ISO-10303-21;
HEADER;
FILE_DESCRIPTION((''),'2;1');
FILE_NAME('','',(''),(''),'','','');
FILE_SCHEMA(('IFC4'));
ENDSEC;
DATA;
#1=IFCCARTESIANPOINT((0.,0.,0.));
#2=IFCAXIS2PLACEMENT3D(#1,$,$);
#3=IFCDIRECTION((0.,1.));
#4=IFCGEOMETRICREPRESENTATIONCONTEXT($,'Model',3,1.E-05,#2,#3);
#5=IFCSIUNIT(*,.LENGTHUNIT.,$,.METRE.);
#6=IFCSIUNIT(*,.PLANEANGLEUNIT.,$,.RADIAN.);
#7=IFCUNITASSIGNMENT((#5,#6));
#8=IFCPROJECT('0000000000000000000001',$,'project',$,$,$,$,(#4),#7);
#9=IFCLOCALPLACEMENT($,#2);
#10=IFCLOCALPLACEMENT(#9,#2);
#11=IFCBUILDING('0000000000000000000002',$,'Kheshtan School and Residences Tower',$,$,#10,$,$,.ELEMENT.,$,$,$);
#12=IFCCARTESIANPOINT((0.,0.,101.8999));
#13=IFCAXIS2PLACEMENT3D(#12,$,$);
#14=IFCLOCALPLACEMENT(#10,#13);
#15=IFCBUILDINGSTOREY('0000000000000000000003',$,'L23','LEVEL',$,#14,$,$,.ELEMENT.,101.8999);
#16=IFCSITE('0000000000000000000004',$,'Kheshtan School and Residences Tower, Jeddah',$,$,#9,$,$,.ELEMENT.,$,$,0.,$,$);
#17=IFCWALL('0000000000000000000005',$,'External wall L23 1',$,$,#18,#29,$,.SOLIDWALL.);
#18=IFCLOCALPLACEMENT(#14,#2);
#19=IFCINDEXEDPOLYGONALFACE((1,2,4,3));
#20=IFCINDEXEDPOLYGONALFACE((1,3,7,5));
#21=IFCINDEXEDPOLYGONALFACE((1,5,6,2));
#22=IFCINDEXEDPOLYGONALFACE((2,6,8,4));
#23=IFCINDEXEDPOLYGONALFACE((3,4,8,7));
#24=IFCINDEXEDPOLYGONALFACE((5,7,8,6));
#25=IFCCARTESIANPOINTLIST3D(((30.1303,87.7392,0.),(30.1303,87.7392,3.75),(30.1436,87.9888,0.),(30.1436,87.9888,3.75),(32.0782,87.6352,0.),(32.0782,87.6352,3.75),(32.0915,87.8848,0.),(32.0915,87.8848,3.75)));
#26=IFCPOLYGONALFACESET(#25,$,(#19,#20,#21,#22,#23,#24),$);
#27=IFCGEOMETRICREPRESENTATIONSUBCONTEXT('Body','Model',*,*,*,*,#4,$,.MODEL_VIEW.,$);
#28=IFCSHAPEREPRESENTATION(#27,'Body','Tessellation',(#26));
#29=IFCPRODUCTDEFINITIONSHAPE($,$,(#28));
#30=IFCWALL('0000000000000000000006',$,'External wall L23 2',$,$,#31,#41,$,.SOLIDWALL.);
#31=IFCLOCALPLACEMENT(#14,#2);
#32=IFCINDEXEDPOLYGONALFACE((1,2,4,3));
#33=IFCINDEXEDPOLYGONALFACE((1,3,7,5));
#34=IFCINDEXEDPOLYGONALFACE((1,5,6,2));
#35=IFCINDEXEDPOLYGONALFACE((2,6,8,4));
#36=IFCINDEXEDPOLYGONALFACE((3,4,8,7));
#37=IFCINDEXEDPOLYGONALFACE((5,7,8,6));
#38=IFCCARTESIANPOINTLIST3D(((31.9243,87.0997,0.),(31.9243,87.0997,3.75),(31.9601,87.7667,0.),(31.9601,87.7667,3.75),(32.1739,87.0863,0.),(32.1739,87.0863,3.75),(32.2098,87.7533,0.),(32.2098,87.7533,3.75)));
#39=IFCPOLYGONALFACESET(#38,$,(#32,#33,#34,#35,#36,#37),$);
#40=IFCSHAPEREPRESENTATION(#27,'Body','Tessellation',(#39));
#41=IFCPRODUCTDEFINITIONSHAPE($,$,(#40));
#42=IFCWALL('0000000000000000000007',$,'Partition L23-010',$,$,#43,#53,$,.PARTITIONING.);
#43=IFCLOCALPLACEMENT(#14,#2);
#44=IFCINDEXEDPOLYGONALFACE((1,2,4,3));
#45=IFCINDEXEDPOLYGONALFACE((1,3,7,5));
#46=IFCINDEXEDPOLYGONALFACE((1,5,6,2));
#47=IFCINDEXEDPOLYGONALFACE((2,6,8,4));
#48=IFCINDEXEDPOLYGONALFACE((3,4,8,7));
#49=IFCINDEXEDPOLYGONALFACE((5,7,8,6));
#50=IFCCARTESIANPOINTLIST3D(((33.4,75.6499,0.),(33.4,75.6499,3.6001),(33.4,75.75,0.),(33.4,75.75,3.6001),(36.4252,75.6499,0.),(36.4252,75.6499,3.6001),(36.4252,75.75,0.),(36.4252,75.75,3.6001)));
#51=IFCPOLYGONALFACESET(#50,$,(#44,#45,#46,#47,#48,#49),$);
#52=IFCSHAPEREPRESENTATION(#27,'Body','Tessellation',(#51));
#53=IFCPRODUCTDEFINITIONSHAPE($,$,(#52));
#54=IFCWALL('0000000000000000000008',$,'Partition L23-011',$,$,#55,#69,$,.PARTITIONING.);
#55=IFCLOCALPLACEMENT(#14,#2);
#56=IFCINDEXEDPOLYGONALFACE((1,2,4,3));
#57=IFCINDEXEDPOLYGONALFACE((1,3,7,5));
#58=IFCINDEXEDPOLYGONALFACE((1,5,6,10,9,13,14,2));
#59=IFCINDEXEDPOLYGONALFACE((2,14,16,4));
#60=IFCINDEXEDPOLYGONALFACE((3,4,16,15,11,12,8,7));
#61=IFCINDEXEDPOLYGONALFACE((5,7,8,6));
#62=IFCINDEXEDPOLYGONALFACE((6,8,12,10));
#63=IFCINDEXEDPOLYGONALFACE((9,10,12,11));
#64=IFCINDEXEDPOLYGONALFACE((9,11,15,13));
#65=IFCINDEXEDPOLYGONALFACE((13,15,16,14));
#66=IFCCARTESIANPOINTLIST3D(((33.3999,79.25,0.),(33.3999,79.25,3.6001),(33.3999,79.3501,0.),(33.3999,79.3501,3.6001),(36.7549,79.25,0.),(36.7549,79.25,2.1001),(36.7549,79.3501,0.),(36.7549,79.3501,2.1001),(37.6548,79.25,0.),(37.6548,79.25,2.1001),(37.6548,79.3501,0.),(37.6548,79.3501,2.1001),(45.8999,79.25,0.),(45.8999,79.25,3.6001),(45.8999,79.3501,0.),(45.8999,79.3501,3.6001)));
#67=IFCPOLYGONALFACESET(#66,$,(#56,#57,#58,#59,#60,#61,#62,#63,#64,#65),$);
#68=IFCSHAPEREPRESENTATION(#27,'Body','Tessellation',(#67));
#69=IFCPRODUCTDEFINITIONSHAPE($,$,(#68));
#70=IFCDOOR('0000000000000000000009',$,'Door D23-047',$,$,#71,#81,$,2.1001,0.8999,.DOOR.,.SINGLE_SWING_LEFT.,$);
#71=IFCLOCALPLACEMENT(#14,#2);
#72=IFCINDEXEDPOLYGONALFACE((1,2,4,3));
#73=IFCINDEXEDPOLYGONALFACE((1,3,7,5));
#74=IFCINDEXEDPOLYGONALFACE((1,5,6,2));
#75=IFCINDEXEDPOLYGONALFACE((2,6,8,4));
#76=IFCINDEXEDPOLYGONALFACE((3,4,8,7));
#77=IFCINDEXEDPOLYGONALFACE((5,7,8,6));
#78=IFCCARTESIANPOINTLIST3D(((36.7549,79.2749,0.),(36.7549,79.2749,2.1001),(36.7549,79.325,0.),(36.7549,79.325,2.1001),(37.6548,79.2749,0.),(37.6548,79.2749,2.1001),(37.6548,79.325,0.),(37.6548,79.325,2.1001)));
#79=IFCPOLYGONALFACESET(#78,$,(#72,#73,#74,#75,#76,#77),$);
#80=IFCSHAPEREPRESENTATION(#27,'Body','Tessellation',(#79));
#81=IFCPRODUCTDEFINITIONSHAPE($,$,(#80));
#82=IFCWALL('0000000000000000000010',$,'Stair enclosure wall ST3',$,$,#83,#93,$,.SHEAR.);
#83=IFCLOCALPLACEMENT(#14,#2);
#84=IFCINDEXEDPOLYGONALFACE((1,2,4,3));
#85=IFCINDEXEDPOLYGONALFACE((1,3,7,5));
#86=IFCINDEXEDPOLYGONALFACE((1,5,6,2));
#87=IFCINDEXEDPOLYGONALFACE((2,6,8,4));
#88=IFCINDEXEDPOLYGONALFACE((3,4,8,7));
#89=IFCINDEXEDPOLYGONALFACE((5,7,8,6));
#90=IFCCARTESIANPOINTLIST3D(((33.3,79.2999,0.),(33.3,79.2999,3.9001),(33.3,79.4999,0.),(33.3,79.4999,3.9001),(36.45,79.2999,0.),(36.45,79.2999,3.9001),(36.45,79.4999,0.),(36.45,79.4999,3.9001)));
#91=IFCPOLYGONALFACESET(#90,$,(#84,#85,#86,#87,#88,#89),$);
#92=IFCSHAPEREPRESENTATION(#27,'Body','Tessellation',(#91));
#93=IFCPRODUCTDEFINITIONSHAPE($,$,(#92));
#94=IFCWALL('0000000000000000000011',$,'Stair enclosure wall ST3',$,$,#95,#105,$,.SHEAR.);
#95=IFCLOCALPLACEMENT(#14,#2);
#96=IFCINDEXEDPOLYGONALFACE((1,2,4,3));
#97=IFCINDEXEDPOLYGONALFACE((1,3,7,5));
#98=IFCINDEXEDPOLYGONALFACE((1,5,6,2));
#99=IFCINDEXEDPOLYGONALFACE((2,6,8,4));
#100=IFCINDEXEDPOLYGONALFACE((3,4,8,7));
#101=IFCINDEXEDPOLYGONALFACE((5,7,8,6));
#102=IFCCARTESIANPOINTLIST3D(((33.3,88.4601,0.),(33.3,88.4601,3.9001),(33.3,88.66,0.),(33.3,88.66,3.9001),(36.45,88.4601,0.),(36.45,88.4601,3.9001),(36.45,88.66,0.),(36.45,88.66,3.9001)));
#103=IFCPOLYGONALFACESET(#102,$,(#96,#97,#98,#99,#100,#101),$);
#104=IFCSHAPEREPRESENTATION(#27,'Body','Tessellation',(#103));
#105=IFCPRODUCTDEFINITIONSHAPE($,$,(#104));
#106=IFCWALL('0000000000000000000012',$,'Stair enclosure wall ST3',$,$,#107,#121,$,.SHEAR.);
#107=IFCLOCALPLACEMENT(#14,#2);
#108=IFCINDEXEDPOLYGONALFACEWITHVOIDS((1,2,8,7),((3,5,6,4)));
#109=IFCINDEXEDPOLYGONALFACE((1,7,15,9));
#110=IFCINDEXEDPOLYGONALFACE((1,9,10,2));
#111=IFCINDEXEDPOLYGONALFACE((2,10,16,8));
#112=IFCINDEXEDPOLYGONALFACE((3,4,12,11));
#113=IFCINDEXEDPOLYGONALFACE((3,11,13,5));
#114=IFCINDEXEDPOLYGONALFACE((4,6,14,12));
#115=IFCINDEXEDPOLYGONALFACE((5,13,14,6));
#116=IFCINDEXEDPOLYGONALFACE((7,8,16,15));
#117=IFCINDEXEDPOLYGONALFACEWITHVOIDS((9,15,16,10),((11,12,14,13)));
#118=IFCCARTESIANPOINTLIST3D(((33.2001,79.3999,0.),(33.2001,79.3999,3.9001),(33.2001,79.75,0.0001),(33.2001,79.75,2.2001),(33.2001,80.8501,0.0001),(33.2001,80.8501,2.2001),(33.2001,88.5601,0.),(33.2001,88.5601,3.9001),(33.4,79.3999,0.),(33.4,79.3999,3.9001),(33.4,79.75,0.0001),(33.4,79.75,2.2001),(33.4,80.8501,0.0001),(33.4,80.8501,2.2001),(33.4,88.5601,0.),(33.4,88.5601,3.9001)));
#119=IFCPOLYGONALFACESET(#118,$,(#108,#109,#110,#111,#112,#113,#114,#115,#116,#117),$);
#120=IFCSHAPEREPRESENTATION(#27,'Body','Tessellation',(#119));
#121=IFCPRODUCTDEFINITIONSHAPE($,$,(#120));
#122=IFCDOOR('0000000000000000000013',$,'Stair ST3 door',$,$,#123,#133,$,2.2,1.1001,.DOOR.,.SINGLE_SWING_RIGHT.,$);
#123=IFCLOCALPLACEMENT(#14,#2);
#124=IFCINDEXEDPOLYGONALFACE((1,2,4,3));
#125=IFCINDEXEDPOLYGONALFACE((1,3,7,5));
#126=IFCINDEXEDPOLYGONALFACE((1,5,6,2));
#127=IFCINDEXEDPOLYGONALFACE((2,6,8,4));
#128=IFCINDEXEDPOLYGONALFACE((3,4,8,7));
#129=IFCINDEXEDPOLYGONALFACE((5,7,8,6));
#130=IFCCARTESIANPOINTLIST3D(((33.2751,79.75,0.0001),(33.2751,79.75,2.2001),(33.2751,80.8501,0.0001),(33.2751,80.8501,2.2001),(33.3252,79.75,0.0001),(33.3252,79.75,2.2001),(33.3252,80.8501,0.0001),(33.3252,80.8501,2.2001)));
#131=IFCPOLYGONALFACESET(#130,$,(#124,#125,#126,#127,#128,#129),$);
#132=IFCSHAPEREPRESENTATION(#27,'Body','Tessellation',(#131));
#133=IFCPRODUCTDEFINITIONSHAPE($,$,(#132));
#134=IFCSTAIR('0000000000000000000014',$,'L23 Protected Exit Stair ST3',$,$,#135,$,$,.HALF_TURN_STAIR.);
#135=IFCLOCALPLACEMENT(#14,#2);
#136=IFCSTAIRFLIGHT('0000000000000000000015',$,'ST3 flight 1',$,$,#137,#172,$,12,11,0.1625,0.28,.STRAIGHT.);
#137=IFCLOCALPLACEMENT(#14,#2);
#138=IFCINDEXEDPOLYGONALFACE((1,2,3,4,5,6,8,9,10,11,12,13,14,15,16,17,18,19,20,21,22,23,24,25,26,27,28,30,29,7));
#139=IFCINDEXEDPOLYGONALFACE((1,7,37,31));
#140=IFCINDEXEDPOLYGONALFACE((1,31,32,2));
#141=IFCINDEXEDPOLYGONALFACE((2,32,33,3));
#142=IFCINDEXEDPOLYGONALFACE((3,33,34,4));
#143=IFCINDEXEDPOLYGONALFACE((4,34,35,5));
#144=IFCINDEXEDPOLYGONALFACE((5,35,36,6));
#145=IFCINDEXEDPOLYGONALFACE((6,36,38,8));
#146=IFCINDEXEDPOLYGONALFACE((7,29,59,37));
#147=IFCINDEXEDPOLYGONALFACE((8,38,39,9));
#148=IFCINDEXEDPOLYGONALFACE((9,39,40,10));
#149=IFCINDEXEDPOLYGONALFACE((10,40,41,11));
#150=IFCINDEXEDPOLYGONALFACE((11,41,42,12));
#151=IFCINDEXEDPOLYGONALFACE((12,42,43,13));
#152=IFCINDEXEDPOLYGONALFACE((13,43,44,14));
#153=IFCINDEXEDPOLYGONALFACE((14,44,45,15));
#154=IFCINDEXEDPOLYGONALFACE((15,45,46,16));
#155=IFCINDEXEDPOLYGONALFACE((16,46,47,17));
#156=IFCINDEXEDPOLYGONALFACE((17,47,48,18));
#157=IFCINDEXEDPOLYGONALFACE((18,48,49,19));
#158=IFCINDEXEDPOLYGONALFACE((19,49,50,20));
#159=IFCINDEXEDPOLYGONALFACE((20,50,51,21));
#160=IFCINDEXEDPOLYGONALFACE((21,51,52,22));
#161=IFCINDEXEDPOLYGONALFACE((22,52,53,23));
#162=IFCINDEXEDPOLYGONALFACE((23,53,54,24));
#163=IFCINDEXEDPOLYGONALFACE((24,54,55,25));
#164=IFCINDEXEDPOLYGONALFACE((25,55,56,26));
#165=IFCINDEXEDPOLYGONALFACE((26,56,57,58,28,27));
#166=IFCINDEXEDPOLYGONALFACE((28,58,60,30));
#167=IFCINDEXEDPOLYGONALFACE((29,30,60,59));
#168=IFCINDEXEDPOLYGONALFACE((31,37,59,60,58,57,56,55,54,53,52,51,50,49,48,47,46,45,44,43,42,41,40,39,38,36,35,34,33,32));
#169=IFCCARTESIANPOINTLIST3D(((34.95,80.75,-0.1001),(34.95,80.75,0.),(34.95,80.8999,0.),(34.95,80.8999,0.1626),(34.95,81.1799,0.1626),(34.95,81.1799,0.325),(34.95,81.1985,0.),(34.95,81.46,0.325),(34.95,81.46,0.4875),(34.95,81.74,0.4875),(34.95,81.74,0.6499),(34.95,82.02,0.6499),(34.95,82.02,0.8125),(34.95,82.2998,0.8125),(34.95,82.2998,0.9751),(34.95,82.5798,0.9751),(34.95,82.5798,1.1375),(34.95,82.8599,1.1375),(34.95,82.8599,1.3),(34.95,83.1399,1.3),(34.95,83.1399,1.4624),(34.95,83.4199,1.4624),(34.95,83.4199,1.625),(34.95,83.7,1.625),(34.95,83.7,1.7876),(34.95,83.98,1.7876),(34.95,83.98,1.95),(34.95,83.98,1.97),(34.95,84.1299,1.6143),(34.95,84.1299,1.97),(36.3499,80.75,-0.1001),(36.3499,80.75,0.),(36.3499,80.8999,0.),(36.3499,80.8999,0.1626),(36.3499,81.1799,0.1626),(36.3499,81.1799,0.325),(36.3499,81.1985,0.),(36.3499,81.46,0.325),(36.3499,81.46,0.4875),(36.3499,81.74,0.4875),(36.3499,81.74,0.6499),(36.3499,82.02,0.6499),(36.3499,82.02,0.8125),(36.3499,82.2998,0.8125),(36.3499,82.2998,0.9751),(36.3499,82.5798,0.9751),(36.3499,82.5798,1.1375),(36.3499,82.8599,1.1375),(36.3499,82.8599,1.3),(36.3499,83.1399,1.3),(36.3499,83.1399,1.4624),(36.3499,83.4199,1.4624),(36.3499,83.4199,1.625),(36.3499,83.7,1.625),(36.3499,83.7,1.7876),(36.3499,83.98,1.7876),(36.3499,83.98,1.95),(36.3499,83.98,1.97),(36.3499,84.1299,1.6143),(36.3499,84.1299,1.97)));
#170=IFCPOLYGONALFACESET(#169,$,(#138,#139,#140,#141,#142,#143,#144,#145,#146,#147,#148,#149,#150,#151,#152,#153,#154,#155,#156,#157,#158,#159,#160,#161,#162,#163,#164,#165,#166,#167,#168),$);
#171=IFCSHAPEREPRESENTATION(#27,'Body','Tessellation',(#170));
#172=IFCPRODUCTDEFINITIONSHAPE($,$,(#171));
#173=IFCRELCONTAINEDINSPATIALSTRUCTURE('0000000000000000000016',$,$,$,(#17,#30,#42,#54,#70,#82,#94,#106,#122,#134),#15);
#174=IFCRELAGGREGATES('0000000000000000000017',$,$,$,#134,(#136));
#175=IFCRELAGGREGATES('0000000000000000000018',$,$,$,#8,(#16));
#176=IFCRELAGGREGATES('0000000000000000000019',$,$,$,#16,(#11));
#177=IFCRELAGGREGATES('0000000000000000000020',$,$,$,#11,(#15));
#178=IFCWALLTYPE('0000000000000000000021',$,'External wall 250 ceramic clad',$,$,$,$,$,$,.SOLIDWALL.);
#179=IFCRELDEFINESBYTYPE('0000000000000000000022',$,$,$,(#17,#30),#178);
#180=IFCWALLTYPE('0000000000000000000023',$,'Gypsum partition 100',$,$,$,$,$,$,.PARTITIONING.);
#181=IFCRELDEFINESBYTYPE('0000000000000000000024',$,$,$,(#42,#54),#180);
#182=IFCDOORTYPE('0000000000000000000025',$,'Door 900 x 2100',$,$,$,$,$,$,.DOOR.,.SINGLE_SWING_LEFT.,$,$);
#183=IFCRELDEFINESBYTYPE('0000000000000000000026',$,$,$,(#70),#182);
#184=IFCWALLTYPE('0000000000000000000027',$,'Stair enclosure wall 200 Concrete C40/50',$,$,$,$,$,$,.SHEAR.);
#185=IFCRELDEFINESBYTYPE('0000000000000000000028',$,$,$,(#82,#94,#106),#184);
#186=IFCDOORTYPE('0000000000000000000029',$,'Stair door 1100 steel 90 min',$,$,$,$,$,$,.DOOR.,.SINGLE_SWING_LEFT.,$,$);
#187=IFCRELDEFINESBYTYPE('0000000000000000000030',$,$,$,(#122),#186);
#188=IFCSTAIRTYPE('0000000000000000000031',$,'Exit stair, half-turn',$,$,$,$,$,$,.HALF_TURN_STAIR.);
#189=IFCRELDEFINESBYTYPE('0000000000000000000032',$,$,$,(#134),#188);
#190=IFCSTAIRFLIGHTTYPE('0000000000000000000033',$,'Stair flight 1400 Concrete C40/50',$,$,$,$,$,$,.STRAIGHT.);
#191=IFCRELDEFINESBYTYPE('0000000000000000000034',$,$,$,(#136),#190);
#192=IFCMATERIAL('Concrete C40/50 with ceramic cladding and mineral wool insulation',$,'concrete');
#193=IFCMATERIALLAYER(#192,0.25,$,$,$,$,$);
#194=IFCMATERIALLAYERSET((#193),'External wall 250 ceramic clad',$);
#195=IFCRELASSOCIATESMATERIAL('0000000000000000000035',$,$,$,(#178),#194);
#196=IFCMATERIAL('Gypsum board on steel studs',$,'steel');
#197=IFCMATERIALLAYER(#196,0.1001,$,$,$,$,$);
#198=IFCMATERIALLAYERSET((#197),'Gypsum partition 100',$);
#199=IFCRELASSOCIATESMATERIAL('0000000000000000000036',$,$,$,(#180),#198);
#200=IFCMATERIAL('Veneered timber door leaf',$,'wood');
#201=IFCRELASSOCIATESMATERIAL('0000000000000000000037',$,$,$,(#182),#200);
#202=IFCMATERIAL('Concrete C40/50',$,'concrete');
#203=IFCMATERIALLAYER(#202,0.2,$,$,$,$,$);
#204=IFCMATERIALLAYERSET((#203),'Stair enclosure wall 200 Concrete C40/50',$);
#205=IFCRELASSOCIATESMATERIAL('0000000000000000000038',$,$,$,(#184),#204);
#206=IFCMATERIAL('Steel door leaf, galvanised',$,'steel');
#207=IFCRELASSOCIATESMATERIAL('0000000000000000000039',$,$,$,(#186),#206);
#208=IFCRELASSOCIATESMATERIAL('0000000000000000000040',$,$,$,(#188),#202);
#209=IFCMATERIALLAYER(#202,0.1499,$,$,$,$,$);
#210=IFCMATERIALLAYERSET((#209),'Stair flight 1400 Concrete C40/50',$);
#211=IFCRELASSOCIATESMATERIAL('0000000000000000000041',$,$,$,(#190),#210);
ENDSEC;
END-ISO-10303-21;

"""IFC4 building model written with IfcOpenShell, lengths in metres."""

from ifc_helpers import new_model, si_unit, direction, frame, frame_2d, origin, place, context, subcontext, project, spatial, polyline, rectangle, outline, extrude, source, transform, mapped, material, layer, layer_set, type_object, element, fill, aggregate, save


model = new_model("IFC4")

# Units and contexts
model_context = context("Model", 3, precision=1e-05, world=origin(), true_north=direction((0.0, 1.0)))
body_context = subcontext(model_context, "Body", "Model", "MODEL_VIEW")
ifc_project = project(units=[si_unit("LENGTHUNIT", "METRE"), si_unit("PLANEANGLEUNIT", "RADIAN")], contexts=[model_context])

# Site, building, storey
site_placement = place(None, origin())
site = spatial("IfcSite", under=ifc_project, at=site_placement, Name="Kheshtan School and Residences Tower, Jeddah", CompositionType="ELEMENT", RefElevation=0.0)
building_placement = place(site_placement, origin())
building = spatial("IfcBuilding", under=site, at=building_placement, Name="Kheshtan School and Residences Tower", CompositionType="ELEMENT")
storey_placement = place(building_placement, frame((0.0, 0.0, 101.8999)))
storey = spatial("IfcBuildingStorey", under=building, at=storey_placement, Name="L23", Description="LEVEL", CompositionType="ELEMENT", Elevation=101.8999)

# Walls
ifc_material_1 = material(Name="Concrete C40/50 with ceramic cladding and mineral wool insulation", Category="concrete")
ifc_layer_1 = layer(ifc_material_1, 0.25)
ifc_layer_set_1 = layer_set([ifc_layer_1], Name="External wall 250 ceramic clad")
wall_type_1 = type_object("IfcWallType", Name="External wall 250 ceramic clad", PredefinedType="SOLIDWALL", material=ifc_layer_set_1)
wall_1_placement = place(storey_placement, frame((30.137, 87.864, 0.0), z_axis=(0.0, 0.0, 1.0), x_axis=(0.998578, -0.053314, 0.0)))
element("IfcWall", 1, at=wall_1_placement, inside=storey, type_object=wall_type_1, Name="External wall L23 1", PredefinedType="SOLIDWALL", context=body_context, shape_type="SweptSolid", body=[
    extrude(rectangle(XDim=1.9507, YDim=0.25, at=frame_2d((0.9753, 0.0))), origin(), (0.0, 0.0, 1.0), 3.75),
])
wall_2_placement = place(storey_placement, frame((32.085, 87.76, 0.0), z_axis=(0.0, 0.0, 1.0), x_axis=(-0.053729, -0.998556, 0.0)))
element("IfcWall", 2, at=wall_2_placement, inside=storey, type_object=wall_type_1, Name="External wall L23 2", PredefinedType="SOLIDWALL", context=body_context, shape_type="SweptSolid", body=[
    extrude(rectangle(XDim=0.668, YDim=0.25, at=frame_2d((0.334, 0.0))), origin(), (0.0, 0.0, 1.0), 3.75),
])
ifc_material_2 = material(Name="Gypsum board on steel studs", Category="steel")
ifc_layer_2 = layer(ifc_material_2, 0.1001)
ifc_layer_set_2 = layer_set([ifc_layer_2], Name="Gypsum partition 100")
wall_type_2 = type_object("IfcWallType", Name="Gypsum partition 100", PredefinedType="PARTITIONING", material=ifc_layer_set_2)
wall_3_placement = place(storey_placement, frame((33.3999, 75.7, 0.0), z_axis=(0.0, 0.0, 1.0), x_axis=(1.0, 0.0, 0.0)))
element("IfcWall", 3, at=wall_3_placement, inside=storey, type_object=wall_type_2, Name="Partition L23-010", PredefinedType="PARTITIONING", context=body_context, shape_type="SweptSolid", body=[
    extrude(rectangle(XDim=3.0251, YDim=0.1001, at=frame_2d((1.5127, 0.0))), origin(), (0.0, 0.0, 1.0), 3.6001),
])

# Wall, opening, door
wall_4_placement = place(storey_placement, frame((33.3999, 79.3, 0.0), z_axis=(0.0, 0.0, 1.0), x_axis=(1.0, 0.0, 0.0)))
wall_4 = element("IfcWall", 4, at=wall_4_placement, inside=storey, type_object=wall_type_2, Name="Partition L23-011", PredefinedType="PARTITIONING", context=body_context, shape_type="SweptSolid", body=[
    extrude(rectangle(XDim=12.5, YDim=0.1001, at=frame_2d((6.25, 0.0))), origin(), (0.0, 0.0, 1.0), 3.6001),
])
opening_1_placement = place(wall_4_placement, frame((3.355, 0.0, 0.0)))
opening_1 = element("IfcOpeningElement", 5, at=opening_1_placement, cuts=wall_4, PredefinedType="OPENING", context=body_context, shape_type="SweptSolid", body=[
    extrude(rectangle(XDim=0.8999, YDim=2.1001, at=frame_2d((0.45, 1.05))), frame((0.0, 0.0601, 0.0), z_axis=(0.0, -1.0, 0.0), x_axis=(1.0, 0.0, 0.0)), (0.0, 0.0, 1.0), 0.1201),
])
ifc_material_3 = material(Name="Veneered timber door leaf", Category="wood")
door_type_1 = type_object("IfcDoorType", Name="Door 900 x 2100", OperationType="SINGLE_SWING_LEFT", PredefinedType="DOOR", material=ifc_material_3)
shared_shape_1 = source(origin(), body_context, "Body", "SweptSolid", [
    extrude(rectangle(XDim=0.8999, YDim=2.1001, at=frame_2d((0.45, 1.05))), frame((0.0, 0.0249, 0.0), z_axis=(0.0, -1.0, 0.0), x_axis=(1.0, 0.0, 0.0)), (0.0, 0.0, 1.0), 0.05),
])
door_1_placement = place(opening_1_placement, origin())
door_1 = element("IfcDoor", 6, at=door_1_placement, inside=storey, type_object=door_type_1, Name="Door D23-047", OperationType="SINGLE_SWING_LEFT", OverallHeight=2.1001, OverallWidth=0.8999, PredefinedType="DOOR", context=body_context, shape_type="MappedRepresentation", body=[
    mapped(shared_shape_1, transform((0.0, 0.0, 0.0), x_axis=(1.0, 0.0, 0.0), y_axis=(0.0, 1.0, 0.0), z_axis=(0.0, 0.0, 1.0), scale=1.0)),
])
fill(opening_1, door_1)

# Walls
ifc_material_4 = material(Name="Concrete C40/50", Category="concrete")
ifc_layer_3 = layer(ifc_material_4, 0.2)
ifc_layer_set_3 = layer_set([ifc_layer_3], Name="Stair enclosure wall 200 Concrete C40/50")
wall_type_3 = type_object("IfcWallType", Name="Stair enclosure wall 200 Concrete C40/50", PredefinedType="SHEAR", material=ifc_layer_set_3)
for number, where, z_axis, x_axis, name in (
    (7, (33.3, 79.3999, 0.0), (0.0, 0.0, 1.0), (1.0, 0.0, 0.0), "Stair enclosure wall ST3"),
    (8, (33.3, 88.5601, 0.0), (0.0, 0.0, 1.0), (1.0, 0.0, 0.0), "Stair enclosure wall ST3"),
):
    element("IfcWall", number, at=place(storey_placement, frame(where, z_axis=z_axis, x_axis=x_axis)), inside=storey, type_object=wall_type_3, Name=name, PredefinedType="SHEAR", context=body_context, shape_type="SweptSolid", body=[
        extrude(rectangle(XDim=3.1499, YDim=0.2, at=frame_2d((1.575, 0.0))), origin(), (0.0, 0.0, 1.0), 3.9001),
    ])

# Wall, opening, door
wall_5_placement = place(storey_placement, frame((33.3, 79.3999, 0.0), z_axis=(0.0, 0.0, 1.0), x_axis=(0.0, 1.0, 0.0)))
wall_5 = element("IfcWall", 9, at=wall_5_placement, inside=storey, type_object=wall_type_3, Name="Stair enclosure wall ST3", PredefinedType="SHEAR", context=body_context, shape_type="SweptSolid", body=[
    extrude(rectangle(XDim=9.1602, YDim=0.2, at=frame_2d((4.5801, 0.0))), origin(), (0.0, 0.0, 1.0), 3.9001),
])
opening_2_placement = place(wall_5_placement, frame((0.3501, 0.0, 0.0)))
opening_2 = element("IfcOpeningElement", 10, at=opening_2_placement, cuts=wall_5, PredefinedType="OPENING", context=body_context, shape_type="SweptSolid", body=[
    extrude(rectangle(XDim=1.1001, YDim=2.2, at=frame_2d((0.55, 1.1001))), frame((0.0, 0.1099, 0.0), z_axis=(0.0, -1.0, 0.0), x_axis=(1.0, 0.0, 0.0)), (0.0, 0.0, 1.0), 0.22),
])
ifc_material_5 = material(Name="Steel door leaf, galvanised", Category="steel")
door_type_2 = type_object("IfcDoorType", Name="Stair door 1100 steel 90 min", OperationType="SINGLE_SWING_LEFT", PredefinedType="DOOR", material=ifc_material_5)
shared_shape_2 = source(origin(), body_context, "Body", "SweptSolid", [
    extrude(rectangle(XDim=1.1001, YDim=2.2, at=frame_2d((0.55, 1.1001))), frame((0.0, 0.0249, 0.0), z_axis=(0.0, -1.0, 0.0), x_axis=(1.0, 0.0, 0.0)), (0.0, 0.0, 1.0), 0.05),
])
door_2_placement = place(opening_2_placement, origin())
door_2 = element("IfcDoor", 11, at=door_2_placement, inside=storey, type_object=door_type_2, Name="Stair ST3 door", OperationType="SINGLE_SWING_RIGHT", OverallHeight=2.2, OverallWidth=1.1001, PredefinedType="DOOR", context=body_context, shape_type="MappedRepresentation", body=[
    mapped(shared_shape_2, transform((0.0, 0.0, 0.0), x_axis=(1.0, 0.0, 0.0), y_axis=(0.0, 1.0, 0.0), z_axis=(0.0, 0.0, 1.0), scale=1.0)),
])
fill(opening_2, door_2)

# Stair, stair flight
stair_type = type_object("IfcStairType", Name="Exit stair, half-turn", PredefinedType="HALF_TURN_STAIR", material=ifc_material_4)
stair_placement = place(storey_placement, origin())
stair = element("IfcStair", 12, at=stair_placement, inside=storey, type_object=stair_type, Name="L23 Protected Exit Stair ST3", PredefinedType="HALF_TURN_STAIR")
ifc_layer_4 = layer(ifc_material_4, 0.1499)
ifc_layer_set_4 = layer_set([ifc_layer_4], Name="Stair flight 1400 Concrete C40/50")
stair_flight_type = type_object("IfcStairFlightType", Name="Stair flight 1400 Concrete C40/50", PredefinedType="STRAIGHT", material=ifc_layer_set_4)
stair_flight_1_placement = place(storey_placement, frame((35.6499, 80.8999, 0.0), z_axis=(0.0, 0.0, 1.0), x_axis=(0.0, 1.0, 0.0)))
stair_flight_1 = element("IfcStairFlight", 13, at=stair_flight_1_placement, type_object=stair_flight_type, Name="ST3 flight 1", NumberOfRisers=12, NumberOfTreads=11, PredefinedType="STRAIGHT", RiserHeight=0.1625, TreadLength=0.28, context=body_context, shape_type="SweptSolid", body=[
    extrude(outline(polyline([(-0.1499, -0.1001), (-0.1499, 0.0), (0.0, 0.0), (0.0, 0.1626), (0.28, 0.1626), (0.28, 0.325), (0.5601, 0.325), (0.5601, 0.4875), (0.8401, 0.4875), (0.8401, 0.6499), (1.1201, 0.6499), (1.1201, 0.8125), (1.3999, 0.8125), (1.3999, 0.9751), (1.6799, 0.9751), (1.6799, 1.1375), (1.96, 1.1375), (1.96, 1.3), (2.24, 1.3), (2.24, 1.4624), (2.52, 1.4624), (2.52, 1.625), (2.8, 1.625), (2.8, 1.7876), (3.0801, 1.7876), (3.0801, 1.95), (3.0801, 1.97), (3.23, 1.97), (3.23, 1.6143), (0.2986, 0.0), (-0.1499, -0.1001)])), frame((0.0, 0.7, 0.0), z_axis=(0.0, -1.0, 0.0), x_axis=(1.0, 0.0, 0.0)), (0.0, 0.0, 1.0), 1.3999),
])
aggregate(stair, [stair_flight_1])

save(model, "model.ifc")
